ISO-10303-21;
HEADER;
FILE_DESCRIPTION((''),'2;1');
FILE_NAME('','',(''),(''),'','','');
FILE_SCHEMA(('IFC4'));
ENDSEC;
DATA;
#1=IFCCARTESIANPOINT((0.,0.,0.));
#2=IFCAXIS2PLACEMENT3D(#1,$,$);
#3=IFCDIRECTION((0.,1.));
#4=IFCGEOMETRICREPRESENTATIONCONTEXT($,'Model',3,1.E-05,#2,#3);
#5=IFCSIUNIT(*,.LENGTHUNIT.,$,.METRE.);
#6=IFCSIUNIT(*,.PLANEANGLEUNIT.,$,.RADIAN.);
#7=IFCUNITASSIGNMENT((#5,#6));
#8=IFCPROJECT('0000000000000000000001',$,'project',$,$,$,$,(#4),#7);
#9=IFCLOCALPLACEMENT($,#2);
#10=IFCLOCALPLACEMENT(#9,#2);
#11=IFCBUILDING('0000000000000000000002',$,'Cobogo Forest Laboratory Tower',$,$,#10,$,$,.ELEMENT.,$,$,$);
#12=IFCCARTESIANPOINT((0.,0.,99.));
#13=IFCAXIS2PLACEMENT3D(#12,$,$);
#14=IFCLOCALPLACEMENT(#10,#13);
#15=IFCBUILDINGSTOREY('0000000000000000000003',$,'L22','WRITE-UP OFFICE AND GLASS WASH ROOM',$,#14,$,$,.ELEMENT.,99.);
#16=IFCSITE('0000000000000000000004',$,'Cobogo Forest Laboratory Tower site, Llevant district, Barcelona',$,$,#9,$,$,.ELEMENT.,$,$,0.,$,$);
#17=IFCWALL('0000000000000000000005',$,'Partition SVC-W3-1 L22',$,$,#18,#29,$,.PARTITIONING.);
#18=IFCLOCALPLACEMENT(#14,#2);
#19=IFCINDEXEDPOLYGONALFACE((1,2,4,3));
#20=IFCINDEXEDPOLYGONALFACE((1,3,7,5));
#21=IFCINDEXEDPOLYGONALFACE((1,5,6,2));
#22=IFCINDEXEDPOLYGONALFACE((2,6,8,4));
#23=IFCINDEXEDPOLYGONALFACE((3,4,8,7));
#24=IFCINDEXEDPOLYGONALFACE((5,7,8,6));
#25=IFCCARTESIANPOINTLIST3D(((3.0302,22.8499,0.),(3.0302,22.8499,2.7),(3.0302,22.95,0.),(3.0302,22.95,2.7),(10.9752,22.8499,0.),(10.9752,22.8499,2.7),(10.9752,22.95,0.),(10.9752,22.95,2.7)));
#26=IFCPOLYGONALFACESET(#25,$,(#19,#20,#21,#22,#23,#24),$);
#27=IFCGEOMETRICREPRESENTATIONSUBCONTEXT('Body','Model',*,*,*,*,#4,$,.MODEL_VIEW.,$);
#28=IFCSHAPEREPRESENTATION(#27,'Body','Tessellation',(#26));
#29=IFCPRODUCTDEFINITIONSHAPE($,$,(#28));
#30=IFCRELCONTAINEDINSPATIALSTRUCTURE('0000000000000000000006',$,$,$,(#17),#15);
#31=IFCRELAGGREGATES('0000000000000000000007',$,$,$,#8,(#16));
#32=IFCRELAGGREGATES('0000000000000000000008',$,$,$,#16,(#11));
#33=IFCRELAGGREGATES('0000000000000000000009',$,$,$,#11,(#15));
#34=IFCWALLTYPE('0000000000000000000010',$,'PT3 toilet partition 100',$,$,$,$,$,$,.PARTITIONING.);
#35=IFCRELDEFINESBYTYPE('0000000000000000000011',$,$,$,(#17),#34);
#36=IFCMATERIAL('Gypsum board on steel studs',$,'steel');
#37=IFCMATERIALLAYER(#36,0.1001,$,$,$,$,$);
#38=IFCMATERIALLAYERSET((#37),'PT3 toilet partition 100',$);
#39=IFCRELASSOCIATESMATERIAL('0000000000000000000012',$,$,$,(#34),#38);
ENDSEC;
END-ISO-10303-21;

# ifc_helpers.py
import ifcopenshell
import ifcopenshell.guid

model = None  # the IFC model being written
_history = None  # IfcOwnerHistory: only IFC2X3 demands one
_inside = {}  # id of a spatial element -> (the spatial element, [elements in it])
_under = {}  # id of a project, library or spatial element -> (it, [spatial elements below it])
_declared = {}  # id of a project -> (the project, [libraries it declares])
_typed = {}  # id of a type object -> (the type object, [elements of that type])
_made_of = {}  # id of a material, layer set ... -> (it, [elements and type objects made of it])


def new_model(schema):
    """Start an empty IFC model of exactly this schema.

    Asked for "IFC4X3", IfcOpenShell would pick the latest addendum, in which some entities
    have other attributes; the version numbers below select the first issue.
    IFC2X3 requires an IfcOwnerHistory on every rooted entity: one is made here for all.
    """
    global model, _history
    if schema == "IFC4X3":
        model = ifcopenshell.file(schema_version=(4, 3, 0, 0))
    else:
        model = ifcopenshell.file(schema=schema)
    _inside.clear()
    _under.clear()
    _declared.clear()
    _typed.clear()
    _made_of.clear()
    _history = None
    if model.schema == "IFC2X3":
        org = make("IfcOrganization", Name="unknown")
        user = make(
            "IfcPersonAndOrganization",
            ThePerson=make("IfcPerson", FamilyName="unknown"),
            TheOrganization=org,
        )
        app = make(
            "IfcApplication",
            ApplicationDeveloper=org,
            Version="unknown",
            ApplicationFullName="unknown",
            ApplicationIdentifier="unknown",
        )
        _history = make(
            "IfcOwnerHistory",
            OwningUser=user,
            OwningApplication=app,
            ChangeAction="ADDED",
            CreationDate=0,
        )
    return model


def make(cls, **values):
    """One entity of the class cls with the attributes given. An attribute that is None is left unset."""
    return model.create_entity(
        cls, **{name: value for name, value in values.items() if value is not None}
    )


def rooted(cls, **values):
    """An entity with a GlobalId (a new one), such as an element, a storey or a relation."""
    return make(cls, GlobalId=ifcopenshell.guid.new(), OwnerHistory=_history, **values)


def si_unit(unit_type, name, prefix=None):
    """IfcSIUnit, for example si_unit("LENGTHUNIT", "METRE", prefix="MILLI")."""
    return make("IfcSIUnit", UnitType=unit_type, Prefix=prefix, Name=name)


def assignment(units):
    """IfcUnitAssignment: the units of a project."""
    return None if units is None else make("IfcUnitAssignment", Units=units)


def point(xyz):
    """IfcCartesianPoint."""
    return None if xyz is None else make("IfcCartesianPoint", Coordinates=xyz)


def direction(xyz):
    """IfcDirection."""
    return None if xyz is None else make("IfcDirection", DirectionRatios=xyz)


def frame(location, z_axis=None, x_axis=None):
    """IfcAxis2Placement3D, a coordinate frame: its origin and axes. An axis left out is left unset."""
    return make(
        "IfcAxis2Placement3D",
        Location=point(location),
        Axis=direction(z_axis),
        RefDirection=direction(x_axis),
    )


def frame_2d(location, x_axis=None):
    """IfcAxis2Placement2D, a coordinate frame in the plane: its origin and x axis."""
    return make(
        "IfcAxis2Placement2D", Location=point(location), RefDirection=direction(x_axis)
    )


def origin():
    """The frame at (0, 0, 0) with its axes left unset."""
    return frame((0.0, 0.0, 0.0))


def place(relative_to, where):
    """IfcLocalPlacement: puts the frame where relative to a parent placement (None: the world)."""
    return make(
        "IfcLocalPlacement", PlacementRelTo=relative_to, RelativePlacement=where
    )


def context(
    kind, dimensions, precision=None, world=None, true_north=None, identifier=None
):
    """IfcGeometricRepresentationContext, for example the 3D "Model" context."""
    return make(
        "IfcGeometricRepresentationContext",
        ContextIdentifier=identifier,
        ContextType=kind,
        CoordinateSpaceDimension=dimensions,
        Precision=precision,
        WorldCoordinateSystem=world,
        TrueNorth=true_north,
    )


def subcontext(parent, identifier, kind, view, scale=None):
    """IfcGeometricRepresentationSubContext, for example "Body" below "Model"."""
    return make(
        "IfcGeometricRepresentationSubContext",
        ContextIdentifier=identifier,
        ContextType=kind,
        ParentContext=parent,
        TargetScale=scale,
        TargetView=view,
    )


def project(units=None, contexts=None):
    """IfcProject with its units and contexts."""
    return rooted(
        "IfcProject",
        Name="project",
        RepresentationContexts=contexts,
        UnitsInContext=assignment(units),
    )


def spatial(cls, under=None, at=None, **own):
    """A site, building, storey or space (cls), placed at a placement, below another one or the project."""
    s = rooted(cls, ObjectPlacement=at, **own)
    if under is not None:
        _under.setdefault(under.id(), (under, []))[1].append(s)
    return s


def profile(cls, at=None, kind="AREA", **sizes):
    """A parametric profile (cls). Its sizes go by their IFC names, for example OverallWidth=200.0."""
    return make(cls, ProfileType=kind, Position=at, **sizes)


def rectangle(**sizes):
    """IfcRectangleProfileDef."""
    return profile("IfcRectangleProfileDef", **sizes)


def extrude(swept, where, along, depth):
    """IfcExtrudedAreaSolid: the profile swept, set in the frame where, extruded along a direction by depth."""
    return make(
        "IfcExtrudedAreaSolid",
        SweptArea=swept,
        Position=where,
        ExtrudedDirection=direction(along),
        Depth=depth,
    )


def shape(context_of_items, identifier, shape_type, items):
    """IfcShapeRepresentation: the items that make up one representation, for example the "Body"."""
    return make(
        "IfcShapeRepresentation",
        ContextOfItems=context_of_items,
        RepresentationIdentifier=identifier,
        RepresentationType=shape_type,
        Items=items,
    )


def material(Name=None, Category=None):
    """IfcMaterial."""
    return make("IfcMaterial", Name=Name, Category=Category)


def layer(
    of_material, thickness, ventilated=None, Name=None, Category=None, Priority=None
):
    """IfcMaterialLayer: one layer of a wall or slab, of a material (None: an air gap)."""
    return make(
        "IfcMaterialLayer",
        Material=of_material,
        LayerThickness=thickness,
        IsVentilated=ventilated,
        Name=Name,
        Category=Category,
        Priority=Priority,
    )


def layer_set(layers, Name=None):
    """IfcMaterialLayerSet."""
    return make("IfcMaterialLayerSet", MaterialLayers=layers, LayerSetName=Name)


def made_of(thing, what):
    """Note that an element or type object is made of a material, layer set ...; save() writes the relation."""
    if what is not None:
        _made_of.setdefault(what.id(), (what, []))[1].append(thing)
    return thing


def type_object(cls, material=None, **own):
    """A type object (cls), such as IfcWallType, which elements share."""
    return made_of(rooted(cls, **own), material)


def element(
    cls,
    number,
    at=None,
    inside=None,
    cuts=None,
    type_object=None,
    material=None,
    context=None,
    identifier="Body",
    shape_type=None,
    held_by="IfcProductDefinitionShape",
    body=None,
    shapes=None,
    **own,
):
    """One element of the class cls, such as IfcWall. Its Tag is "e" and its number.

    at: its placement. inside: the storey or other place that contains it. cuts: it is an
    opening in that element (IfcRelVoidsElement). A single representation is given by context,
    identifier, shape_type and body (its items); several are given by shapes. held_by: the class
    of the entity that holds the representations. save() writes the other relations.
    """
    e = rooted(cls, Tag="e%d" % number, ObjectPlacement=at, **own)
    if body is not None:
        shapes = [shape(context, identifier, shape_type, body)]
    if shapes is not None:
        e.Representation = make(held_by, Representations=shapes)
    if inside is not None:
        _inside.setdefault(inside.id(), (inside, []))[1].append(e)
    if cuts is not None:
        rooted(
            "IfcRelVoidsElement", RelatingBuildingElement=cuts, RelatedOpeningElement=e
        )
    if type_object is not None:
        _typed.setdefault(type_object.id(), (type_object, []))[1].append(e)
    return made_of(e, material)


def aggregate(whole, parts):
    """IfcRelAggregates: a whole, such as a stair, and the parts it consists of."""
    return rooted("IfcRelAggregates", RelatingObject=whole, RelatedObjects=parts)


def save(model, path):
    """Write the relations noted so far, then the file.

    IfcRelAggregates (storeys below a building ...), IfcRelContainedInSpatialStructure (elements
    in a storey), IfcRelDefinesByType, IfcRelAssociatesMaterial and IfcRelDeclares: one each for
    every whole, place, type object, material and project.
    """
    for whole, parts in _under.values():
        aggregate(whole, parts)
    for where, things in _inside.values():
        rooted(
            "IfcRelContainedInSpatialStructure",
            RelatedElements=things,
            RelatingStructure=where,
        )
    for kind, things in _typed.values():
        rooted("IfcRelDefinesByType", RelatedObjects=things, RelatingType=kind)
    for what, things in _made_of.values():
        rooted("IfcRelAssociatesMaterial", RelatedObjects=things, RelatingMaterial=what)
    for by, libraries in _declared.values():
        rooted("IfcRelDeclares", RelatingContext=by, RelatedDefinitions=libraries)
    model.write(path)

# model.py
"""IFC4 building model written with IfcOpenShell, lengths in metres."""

from ifc_helpers import new_model, si_unit, direction, frame, frame_2d, origin, place, context, subcontext, project, spatial, rectangle, extrude, material, layer, layer_set, type_object, element, save


model = new_model("IFC4")

# Units and contexts
model_context = context("Model", 3, precision=1e-05, world=origin(), true_north=direction((0.0, 1.0)))
body_context = subcontext(model_context, "Body", "Model", "MODEL_VIEW")
ifc_project = project(units=[si_unit("LENGTHUNIT", "METRE"), si_unit("PLANEANGLEUNIT", "RADIAN")], contexts=[model_context])

# Site, building, storey
site_placement = place(None, origin())
site = spatial("IfcSite", under=ifc_project, at=site_placement, Name="Cobogo Forest Laboratory Tower site, Llevant district, Barcelona", CompositionType="ELEMENT", RefElevation=0.0)
building_placement = place(site_placement, origin())
building = spatial("IfcBuilding", under=site, at=building_placement, Name="Cobogo Forest Laboratory Tower", CompositionType="ELEMENT")
storey_placement = place(building_placement, frame((0.0, 0.0, 99.0)))
storey = spatial("IfcBuildingStorey", under=building, at=storey_placement, Name="L22", Description="WRITE-UP OFFICE AND GLASS WASH ROOM", CompositionType="ELEMENT", Elevation=99.0)

# Wall
ifc_material_1 = material(Name="Gypsum board on steel studs", Category="steel")
ifc_layer_1 = layer(ifc_material_1, 0.1001)
ifc_layer_set_1 = layer_set([ifc_layer_1], Name="PT3 toilet partition 100")
wall_type = type_object("IfcWallType", Name="PT3 toilet partition 100", PredefinedType="PARTITIONING", material=ifc_layer_set_1)
wall_placement = place(storey_placement, frame((3.03, 22.8999, 0.0), z_axis=(0.0, 0.0, 1.0), x_axis=(1.0, 0.0, 0.0)))
element("IfcWall", 1, at=wall_placement, inside=storey, type_object=wall_type, Name="Partition SVC-W3-1 L22", PredefinedType="PARTITIONING", context=body_context, shape_type="SweptSolid", body=[
    extrude(rectangle(XDim=7.9451, YDim=0.1001, at=frame_2d((3.9727, 0.0))), origin(), (0.0, 0.0, 1.0), 2.7),
])

save(model, "model.ifc")
